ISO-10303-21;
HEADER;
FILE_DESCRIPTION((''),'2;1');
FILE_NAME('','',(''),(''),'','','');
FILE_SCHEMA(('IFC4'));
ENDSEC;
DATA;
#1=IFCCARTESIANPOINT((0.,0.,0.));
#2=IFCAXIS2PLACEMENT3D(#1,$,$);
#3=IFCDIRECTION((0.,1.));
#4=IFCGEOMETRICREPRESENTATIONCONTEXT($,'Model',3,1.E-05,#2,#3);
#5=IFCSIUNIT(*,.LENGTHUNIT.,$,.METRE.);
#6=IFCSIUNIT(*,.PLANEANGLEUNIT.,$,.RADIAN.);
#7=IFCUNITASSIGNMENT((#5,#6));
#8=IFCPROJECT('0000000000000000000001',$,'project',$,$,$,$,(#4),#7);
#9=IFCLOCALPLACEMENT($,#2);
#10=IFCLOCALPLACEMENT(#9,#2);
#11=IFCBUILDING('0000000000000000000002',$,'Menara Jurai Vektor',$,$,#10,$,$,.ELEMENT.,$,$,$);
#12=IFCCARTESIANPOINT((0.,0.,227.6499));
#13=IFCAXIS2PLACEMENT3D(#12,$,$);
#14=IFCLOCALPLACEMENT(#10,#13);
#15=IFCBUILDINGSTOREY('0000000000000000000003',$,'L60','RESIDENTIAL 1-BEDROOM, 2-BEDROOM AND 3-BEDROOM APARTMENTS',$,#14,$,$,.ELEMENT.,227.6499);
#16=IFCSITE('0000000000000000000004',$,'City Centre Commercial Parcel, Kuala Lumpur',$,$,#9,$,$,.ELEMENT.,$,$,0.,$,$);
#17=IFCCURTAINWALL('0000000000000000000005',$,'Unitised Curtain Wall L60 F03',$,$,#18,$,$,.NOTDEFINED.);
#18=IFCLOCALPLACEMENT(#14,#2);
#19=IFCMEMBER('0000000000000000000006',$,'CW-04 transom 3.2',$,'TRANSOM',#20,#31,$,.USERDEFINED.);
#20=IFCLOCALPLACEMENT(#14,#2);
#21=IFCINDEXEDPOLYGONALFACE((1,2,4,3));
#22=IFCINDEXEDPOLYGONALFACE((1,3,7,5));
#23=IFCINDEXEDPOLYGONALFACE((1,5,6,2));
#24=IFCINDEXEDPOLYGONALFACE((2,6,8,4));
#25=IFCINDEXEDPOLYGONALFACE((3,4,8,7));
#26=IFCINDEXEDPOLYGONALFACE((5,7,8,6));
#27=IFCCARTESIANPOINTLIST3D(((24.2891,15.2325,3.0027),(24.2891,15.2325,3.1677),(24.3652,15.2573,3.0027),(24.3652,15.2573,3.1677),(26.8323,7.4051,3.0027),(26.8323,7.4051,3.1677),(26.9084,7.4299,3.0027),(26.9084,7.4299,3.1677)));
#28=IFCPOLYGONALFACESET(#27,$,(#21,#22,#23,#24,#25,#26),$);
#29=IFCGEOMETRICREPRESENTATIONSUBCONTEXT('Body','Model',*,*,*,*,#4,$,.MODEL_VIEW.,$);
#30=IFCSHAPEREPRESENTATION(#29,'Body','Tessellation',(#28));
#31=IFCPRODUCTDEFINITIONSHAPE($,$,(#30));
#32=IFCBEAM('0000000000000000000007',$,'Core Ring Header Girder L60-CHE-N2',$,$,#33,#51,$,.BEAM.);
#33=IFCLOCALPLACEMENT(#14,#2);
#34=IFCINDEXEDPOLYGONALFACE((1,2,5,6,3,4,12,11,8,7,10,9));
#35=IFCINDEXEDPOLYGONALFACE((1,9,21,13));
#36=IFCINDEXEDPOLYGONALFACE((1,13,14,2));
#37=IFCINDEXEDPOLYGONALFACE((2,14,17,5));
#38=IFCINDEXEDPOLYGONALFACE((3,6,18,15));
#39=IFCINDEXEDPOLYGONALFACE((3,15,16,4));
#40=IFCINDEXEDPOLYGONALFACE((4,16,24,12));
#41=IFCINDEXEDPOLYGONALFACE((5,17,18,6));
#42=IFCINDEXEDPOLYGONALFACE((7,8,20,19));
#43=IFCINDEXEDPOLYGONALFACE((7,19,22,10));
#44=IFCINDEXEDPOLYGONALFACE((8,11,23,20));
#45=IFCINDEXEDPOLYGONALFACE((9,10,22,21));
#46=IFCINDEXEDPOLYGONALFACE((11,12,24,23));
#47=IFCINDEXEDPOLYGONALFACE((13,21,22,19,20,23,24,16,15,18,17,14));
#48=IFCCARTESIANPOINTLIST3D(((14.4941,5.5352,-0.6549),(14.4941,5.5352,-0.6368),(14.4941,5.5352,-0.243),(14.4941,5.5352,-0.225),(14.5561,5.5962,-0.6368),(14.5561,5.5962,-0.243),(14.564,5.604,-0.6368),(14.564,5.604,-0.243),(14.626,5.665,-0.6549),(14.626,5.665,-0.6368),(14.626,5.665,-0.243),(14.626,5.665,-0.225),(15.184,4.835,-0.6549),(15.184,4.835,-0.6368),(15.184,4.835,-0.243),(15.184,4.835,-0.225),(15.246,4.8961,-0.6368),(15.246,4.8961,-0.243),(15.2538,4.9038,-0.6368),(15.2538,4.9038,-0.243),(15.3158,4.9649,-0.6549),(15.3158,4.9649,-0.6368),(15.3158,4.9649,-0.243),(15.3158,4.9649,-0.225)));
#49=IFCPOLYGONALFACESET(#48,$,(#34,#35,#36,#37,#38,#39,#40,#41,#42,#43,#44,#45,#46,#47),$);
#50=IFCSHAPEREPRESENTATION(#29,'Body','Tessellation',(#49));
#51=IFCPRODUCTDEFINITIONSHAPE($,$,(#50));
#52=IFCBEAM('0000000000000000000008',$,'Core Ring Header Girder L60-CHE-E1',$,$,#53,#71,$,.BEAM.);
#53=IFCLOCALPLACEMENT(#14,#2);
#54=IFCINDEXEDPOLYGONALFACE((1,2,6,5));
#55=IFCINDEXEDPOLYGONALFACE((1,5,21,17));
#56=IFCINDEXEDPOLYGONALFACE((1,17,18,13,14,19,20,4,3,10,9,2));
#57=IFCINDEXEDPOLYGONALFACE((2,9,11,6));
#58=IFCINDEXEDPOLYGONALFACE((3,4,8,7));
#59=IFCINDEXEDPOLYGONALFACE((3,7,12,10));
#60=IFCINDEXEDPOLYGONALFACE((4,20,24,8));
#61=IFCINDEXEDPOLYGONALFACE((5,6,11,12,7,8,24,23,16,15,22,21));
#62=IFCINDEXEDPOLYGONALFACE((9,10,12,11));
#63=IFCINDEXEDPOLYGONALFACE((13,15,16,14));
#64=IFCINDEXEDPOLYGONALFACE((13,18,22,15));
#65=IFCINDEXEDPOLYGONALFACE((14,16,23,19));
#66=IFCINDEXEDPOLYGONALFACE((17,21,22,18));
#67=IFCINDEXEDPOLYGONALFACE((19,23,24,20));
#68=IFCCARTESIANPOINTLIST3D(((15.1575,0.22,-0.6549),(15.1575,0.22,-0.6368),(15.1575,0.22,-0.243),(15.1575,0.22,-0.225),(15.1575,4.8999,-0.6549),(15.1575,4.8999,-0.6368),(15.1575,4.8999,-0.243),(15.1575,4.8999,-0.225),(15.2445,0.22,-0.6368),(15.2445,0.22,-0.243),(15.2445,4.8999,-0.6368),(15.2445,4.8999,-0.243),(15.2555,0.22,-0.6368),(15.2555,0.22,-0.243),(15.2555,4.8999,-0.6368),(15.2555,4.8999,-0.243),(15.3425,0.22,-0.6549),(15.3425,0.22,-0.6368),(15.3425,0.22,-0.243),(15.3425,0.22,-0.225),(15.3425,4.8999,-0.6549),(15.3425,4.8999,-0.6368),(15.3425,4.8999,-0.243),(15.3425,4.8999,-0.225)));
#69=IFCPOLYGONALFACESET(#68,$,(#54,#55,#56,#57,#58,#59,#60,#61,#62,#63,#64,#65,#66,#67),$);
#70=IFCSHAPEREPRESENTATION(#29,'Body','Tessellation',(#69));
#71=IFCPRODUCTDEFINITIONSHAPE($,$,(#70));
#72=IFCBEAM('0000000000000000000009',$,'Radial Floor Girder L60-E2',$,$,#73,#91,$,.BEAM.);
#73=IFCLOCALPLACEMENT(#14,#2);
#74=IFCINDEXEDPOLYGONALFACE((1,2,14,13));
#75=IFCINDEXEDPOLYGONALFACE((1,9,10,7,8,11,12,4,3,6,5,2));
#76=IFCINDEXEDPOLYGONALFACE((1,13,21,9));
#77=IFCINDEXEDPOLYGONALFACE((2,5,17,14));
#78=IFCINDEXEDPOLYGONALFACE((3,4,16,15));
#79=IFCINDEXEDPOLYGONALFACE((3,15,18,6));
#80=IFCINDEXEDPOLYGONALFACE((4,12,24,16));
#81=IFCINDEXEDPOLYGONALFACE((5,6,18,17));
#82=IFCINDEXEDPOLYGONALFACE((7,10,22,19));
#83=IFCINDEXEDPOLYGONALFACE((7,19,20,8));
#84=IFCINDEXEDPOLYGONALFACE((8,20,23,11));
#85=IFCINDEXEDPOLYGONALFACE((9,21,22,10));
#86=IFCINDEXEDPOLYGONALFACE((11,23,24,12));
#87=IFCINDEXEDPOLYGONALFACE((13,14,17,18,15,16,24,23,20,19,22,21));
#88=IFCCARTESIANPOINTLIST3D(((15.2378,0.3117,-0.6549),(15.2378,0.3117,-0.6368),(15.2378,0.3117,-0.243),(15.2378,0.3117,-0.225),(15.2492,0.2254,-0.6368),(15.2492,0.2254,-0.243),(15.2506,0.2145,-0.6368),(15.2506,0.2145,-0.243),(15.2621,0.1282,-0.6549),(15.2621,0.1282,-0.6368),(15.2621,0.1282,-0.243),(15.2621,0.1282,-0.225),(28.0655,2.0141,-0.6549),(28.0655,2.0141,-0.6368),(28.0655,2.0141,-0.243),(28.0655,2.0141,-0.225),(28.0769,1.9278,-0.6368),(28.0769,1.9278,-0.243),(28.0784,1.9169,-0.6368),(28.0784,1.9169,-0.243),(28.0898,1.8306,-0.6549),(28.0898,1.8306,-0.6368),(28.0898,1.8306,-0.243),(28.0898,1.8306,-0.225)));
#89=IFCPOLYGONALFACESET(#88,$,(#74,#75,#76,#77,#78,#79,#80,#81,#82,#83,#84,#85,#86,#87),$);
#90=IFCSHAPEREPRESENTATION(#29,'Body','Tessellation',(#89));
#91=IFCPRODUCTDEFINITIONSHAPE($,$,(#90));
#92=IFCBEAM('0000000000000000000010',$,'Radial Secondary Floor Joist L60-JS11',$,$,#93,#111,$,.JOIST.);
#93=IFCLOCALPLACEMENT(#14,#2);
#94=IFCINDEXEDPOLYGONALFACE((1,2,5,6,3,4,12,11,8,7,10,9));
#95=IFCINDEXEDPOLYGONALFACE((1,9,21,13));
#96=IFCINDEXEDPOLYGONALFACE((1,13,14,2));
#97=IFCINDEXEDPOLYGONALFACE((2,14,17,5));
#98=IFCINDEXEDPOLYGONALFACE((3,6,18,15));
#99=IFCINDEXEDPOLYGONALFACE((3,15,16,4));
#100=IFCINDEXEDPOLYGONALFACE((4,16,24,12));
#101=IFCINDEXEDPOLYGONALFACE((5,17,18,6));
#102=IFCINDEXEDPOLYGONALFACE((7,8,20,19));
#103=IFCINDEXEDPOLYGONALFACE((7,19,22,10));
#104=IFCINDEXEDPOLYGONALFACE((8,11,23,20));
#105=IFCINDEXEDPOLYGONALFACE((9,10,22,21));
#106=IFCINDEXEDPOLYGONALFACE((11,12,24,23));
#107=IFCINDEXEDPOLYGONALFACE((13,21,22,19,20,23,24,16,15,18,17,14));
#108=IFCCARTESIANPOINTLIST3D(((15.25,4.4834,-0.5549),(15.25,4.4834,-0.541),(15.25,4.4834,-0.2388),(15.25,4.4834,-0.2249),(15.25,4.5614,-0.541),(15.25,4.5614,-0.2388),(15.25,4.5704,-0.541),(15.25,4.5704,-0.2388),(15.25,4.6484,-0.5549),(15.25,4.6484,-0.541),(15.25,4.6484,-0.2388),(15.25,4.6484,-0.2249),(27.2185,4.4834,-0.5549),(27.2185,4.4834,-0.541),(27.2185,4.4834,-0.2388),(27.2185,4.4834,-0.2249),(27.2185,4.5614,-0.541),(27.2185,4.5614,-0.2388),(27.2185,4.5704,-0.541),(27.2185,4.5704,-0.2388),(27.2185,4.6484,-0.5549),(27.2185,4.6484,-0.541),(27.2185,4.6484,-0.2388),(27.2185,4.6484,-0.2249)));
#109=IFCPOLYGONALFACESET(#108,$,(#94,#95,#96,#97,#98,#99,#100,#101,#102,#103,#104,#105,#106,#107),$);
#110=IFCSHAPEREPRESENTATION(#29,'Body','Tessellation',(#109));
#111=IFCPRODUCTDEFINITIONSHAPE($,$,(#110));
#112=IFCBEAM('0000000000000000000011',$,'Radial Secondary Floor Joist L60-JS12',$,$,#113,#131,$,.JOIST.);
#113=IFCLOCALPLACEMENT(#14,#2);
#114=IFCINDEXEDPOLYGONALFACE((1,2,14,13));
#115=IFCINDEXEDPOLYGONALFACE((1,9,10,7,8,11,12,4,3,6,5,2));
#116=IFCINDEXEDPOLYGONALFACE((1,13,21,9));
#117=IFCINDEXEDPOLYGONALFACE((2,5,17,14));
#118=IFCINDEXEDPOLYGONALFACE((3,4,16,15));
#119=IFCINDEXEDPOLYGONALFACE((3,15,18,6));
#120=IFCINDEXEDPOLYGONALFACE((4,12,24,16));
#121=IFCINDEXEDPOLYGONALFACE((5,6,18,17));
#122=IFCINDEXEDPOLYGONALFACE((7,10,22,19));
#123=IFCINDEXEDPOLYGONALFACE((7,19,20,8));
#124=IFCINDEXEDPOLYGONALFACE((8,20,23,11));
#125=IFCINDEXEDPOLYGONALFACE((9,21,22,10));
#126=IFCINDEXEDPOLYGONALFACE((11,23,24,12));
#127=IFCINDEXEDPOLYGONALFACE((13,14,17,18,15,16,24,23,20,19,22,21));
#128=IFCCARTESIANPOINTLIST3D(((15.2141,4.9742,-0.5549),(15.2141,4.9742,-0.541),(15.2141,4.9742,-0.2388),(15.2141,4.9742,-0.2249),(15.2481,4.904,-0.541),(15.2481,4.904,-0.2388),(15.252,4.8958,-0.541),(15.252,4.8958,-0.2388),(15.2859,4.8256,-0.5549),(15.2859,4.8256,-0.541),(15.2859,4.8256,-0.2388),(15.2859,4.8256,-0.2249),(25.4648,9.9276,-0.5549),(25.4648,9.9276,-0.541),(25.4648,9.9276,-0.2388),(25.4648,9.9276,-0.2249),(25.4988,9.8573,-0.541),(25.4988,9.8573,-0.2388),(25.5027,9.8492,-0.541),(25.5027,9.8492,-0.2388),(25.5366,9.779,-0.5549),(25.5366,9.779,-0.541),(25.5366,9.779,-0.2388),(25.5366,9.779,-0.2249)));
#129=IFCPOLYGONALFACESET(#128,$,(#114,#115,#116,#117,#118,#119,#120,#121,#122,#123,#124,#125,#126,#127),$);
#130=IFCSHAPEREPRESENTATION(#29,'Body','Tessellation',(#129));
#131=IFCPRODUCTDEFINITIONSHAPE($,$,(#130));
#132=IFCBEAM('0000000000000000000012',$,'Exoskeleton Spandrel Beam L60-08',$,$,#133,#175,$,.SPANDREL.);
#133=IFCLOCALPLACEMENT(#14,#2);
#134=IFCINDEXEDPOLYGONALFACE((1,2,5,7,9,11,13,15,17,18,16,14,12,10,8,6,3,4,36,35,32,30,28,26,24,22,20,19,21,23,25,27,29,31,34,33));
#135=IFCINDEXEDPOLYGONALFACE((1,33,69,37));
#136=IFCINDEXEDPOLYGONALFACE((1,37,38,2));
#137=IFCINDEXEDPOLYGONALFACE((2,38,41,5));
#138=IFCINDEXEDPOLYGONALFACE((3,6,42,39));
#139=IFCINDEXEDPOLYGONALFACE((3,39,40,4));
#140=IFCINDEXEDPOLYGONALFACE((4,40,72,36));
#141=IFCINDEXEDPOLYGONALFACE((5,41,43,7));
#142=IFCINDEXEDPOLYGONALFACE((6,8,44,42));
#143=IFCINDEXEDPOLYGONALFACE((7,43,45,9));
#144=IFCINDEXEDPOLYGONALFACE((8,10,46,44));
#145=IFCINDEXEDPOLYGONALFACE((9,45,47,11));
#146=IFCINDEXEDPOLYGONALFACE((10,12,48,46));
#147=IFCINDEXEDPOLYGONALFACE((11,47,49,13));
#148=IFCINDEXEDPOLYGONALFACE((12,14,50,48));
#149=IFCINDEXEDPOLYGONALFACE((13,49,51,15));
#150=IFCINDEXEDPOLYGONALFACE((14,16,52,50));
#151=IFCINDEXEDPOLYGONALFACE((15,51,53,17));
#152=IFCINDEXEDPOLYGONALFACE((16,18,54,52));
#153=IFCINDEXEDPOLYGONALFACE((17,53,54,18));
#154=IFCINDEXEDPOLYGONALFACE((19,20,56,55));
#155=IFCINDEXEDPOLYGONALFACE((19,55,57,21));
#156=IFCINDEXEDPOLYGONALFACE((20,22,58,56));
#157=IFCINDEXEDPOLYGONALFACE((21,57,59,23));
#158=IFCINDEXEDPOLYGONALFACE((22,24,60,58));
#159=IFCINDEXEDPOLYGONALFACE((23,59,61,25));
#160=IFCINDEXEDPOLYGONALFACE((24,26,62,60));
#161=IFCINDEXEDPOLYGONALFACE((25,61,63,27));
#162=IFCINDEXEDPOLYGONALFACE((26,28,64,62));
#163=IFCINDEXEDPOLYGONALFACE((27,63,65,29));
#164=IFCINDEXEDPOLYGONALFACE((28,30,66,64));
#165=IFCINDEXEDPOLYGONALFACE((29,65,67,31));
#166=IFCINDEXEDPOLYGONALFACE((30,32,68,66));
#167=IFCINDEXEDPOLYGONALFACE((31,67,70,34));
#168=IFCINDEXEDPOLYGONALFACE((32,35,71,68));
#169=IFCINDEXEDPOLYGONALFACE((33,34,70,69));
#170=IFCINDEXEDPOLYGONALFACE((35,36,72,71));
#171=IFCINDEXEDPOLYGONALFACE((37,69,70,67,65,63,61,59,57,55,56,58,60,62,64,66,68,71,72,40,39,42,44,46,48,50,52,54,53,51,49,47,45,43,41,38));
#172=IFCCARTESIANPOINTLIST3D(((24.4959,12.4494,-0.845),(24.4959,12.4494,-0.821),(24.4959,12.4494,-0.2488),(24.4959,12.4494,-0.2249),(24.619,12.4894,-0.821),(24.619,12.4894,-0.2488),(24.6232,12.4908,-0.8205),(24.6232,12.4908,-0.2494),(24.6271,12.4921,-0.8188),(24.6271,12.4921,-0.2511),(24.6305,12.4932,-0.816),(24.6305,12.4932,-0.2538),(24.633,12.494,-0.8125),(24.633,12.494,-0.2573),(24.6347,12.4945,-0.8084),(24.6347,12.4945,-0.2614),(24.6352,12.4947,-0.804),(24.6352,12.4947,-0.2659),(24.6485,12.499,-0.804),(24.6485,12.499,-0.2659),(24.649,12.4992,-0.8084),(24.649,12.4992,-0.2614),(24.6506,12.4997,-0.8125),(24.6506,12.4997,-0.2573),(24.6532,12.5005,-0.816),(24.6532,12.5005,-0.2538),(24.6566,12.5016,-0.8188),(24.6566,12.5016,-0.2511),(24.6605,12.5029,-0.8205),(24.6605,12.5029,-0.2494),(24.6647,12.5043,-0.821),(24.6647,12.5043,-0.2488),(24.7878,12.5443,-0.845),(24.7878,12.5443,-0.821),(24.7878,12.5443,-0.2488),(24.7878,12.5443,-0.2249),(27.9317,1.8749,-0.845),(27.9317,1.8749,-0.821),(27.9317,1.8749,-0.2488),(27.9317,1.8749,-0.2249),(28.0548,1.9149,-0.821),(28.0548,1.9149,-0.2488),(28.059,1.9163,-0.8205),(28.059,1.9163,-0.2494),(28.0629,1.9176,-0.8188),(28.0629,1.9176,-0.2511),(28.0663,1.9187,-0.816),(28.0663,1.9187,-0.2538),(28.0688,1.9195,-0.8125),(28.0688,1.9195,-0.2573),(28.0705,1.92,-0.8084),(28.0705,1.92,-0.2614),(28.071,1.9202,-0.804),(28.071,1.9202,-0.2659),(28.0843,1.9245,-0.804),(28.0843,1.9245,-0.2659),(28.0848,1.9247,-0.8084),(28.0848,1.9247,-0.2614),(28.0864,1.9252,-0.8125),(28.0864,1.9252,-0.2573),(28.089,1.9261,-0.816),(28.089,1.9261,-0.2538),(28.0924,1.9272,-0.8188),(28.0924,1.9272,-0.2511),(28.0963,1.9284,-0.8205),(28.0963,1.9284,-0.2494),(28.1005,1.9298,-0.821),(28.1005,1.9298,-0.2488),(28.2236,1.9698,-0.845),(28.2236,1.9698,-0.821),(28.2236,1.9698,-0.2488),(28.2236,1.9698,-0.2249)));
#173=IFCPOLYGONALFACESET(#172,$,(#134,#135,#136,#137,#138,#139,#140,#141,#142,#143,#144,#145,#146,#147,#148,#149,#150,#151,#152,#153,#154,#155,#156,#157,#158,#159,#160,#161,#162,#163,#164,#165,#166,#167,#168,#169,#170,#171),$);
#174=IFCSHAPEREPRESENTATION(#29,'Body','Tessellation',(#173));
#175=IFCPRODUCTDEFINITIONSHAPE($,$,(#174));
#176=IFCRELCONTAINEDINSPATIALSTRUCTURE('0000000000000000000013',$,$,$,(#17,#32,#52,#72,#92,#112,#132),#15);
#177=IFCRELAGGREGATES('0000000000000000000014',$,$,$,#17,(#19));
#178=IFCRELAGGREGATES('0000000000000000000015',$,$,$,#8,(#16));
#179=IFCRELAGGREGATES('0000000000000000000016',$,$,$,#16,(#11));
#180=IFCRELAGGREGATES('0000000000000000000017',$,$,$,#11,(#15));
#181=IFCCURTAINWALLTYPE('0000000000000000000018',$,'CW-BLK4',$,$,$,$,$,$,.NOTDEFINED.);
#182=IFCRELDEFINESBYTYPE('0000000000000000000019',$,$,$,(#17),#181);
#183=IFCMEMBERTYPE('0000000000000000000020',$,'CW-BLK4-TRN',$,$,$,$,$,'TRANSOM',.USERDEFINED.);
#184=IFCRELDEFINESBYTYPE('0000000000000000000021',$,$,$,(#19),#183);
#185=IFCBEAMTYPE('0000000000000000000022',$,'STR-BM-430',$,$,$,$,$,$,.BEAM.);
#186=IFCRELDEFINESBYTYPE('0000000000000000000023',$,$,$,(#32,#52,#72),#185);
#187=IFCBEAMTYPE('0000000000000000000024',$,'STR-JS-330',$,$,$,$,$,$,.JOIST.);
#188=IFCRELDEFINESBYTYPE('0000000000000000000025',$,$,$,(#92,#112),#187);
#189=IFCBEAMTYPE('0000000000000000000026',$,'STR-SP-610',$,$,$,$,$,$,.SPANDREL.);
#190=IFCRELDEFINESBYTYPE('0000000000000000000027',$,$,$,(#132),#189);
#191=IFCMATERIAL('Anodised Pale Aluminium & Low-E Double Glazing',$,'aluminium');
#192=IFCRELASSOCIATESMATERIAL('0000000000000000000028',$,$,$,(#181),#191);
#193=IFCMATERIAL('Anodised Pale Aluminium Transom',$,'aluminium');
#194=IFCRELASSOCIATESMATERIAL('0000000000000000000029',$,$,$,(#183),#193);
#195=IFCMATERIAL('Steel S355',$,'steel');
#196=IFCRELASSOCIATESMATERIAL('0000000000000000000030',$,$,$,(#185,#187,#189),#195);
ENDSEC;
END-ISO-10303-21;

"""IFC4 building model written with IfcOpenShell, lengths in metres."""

from ifc_helpers import new_model, si_unit, direction, frame, origin, origin_2d, place, context, subcontext, project, spatial, rectangle, i_section, extrude, material, material_profile, profile_set, type_object, element, aggregate, save


model = new_model("IFC4")

# Units and contexts
model_context = context("Model", 3, precision=1e-05, world=origin(), true_north=direction((0.0, 1.0)))
body_context = subcontext(model_context, "Body", "Model", "MODEL_VIEW")
ifc_project = project(units=[si_unit("LENGTHUNIT", "METRE"), si_unit("PLANEANGLEUNIT", "RADIAN")], contexts=[model_context])

# Site, building, storey
site_placement = place(None, origin())
site = spatial("IfcSite", under=ifc_project, at=site_placement, Name="City Centre Commercial Parcel, Kuala Lumpur", CompositionType="ELEMENT", RefElevation=0.0)
building_placement = place(site_placement, origin())
building = spatial("IfcBuilding", under=site, at=building_placement, Name="Menara Jurai Vektor", CompositionType="ELEMENT")
storey_placement = place(building_placement, frame((0.0, 0.0, 227.6499)))
storey = spatial("IfcBuildingStorey", under=building, at=storey_placement, Name="L60", Description="RESIDENTIAL 1-BEDROOM, 2-BEDROOM AND 3-BEDROOM APARTMENTS", CompositionType="ELEMENT", Elevation=227.6499)

# Curtain wall, member
ifc_material_1 = material(Name="Anodised Pale Aluminium & Low-E Double Glazing", Category="aluminium")
curtain_wall_type = type_object("IfcCurtainWallType", Name="CW-BLK4", PredefinedType="NOTDEFINED", material=ifc_material_1)
curtain_wall_placement = place(storey_placement, origin())
curtain_wall = element("IfcCurtainWall", 1, at=curtain_wall_placement, inside=storey, type_object=curtain_wall_type, Name="Unitised Curtain Wall L60 F03", PredefinedType="NOTDEFINED")
ifc_material_2 = material(Name="Anodised Pale Aluminium Transom", Category="aluminium")
ifc_material_profile_1 = material_profile(ifc_material_2, rectangle(XDim=0.0801, YDim=0.165, at=origin_2d()), Name="ALU TRN 80x165")
ifc_profile_set_1 = profile_set([ifc_material_profile_1], Name="Anodised Pale Aluminium Transom")
member_type_1 = type_object("IfcMemberType", Name="CW-BLK4-TRN", ElementType="TRANSOM", PredefinedType="USERDEFINED", material=ifc_profile_set_1)
member_1_placement = place(storey_placement, frame((26.8704, 7.4175, 3.0852), z_axis=(-0.30901, 0.951059, 0.0), x_axis=(-0.951059, -0.30901, 0.0)))
member_1 = element("IfcMember", 2, at=member_1_placement, type_object=member_type_1, Name="CW-04 transom 3.2", ObjectType="TRANSOM", PredefinedType="USERDEFINED", context=body_context, shape_type="SweptSolid", body=[
    extrude(rectangle(XDim=0.0801, YDim=0.165, at=origin_2d()), origin(), (0.0, 0.0, 1.0), 8.2302),
])

# Beams
ifc_material_3 = material(Name="Steel S355", Category="steel")
ifc_material_profile_2 = material_profile(ifc_material_3, i_section(OverallWidth=0.1851, OverallDepth=0.4299, WebThickness=0.011, FlangeThickness=0.0181, at=origin_2d()), Name="PG 430x185x76")
ifc_profile_set_2 = profile_set([ifc_material_profile_2], Name="Steel S355")
beam_type_1 = type_object("IfcBeamType", Name="STR-BM-430", PredefinedType="BEAM", material=ifc_profile_set_2)
beam_1_placement = place(storey_placement, frame((14.5601, 5.6001, -0.4399), z_axis=(0.701872, -0.712303, 0.0), x_axis=(0.712303, 0.701872, 0.0)))
element("IfcBeam", 3, at=beam_1_placement, inside=storey, type_object=beam_type_1, Name="Core Ring Header Girder L60-CHE-N2", PredefinedType="BEAM", context=body_context, shape_type="SweptSolid", body=[
    extrude(i_section(OverallWidth=0.1851, OverallDepth=0.4299, WebThickness=0.011, FlangeThickness=0.0181, at=origin_2d()), origin(), (0.0, 0.0, 1.0), 0.9829),
])
beam_2_placement = place(storey_placement, frame((15.25, 0.22, -0.4399), z_axis=(0.0, 1.0, 0.0), x_axis=(-1.0, 0.0, 0.0)))
element("IfcBeam", 4, at=beam_2_placement, inside=storey, type_object=beam_type_1, Name="Core Ring Header Girder L60-CHE-E1", PredefinedType="BEAM", context=body_context, shape_type="SweptSolid", body=[
    extrude(i_section(OverallWidth=0.1851, OverallDepth=0.4299, WebThickness=0.011, FlangeThickness=0.0181, at=origin_2d()), origin(), (0.0, 0.0, 1.0), 4.6799),
])
beam_3_placement = place(storey_placement, frame((28.0776, 1.9224, -0.4399), z_axis=(-0.991308, -0.131559, 0.0), x_axis=(0.131559, -0.991308, 0.0)))
element("IfcBeam", 5, at=beam_3_placement, inside=storey, type_object=beam_type_1, Name="Radial Floor Girder L60-E2", PredefinedType="BEAM", context=body_context, shape_type="SweptSolid", body=[
    extrude(i_section(OverallWidth=0.1851, OverallDepth=0.4299, WebThickness=0.011, FlangeThickness=0.0181, at=origin_2d()), origin(), (0.0, 0.0, 1.0), 12.9402),
])
ifc_material_profile_3 = material_profile(ifc_material_3, i_section(OverallWidth=0.165, OverallDepth=0.3301, WebThickness=0.009, FlangeThickness=0.0139, at=origin_2d()), Name="PG 330x165x46")
ifc_profile_set_3 = profile_set([ifc_material_profile_3], Name="Steel S355")
beam_type_2 = type_object("IfcBeamType", Name="STR-JS-330", PredefinedType="JOIST", material=ifc_profile_set_3)
beam_4_placement = place(storey_placement, frame((27.2185, 4.5659, -0.3899), z_axis=(-1.0, 0.0, 0.0), x_axis=(0.0, -1.0, 0.0)))
element("IfcBeam", 6, at=beam_4_placement, inside=storey, type_object=beam_type_2, Name="Radial Secondary Floor Joist L60-JS11", PredefinedType="JOIST", context=body_context, shape_type="SweptSolid", body=[
    extrude(i_section(OverallWidth=0.165, OverallDepth=0.3301, WebThickness=0.009, FlangeThickness=0.0139, at=origin_2d()), origin(), (0.0, 0.0, 1.0), 11.9685),
])
beam_5_placement = place(storey_placement, frame((25.5007, 9.8533, -0.3899), z_axis=(-0.900389, -0.435087, 0.0), x_axis=(0.435087, -0.900389, 0.0)))
element("IfcBeam", 7, at=beam_5_placement, inside=storey, type_object=beam_type_2, Name="Radial Secondary Floor Joist L60-JS12", PredefinedType="JOIST", context=body_context, shape_type="SweptSolid", body=[
    extrude(i_section(OverallWidth=0.165, OverallDepth=0.3301, WebThickness=0.009, FlangeThickness=0.0139, at=origin_2d()), origin(), (0.0, 0.0, 1.0), 11.3848),
])
ifc_material_profile_4 = material_profile(ifc_material_3, i_section(OverallWidth=0.3069, OverallDepth=0.6201, WebThickness=0.0139, FlangeThickness=0.0239, FilletRadius=0.0171, at=origin_2d()), Name="UKB 610x305x179")
ifc_profile_set_4 = profile_set([ifc_material_profile_4], Name="Steel S355")
beam_type_3 = type_object("IfcBeamType", Name="STR-SP-610", PredefinedType="SPANDREL", material=ifc_profile_set_4)
beam_6_placement = place(storey_placement, frame((28.0776, 1.9224, -0.5349), z_axis=(-0.309012, 0.951058, 0.0), x_axis=(-0.951058, -0.309012, 0.0)))
element("IfcBeam", 8, at=beam_6_placement, inside=storey, type_object=beam_type_3, Name="Exoskeleton Spandrel Beam L60-08", PredefinedType="SPANDREL", context=body_context, shape_type="SweptSolid", body=[
    extrude(i_section(OverallWidth=0.3069, OverallDepth=0.6201, WebThickness=0.0139, FlangeThickness=0.0239, FilletRadius=0.0171, at=origin_2d()), origin(), (0.0, 0.0, 1.0), 11.1187),
])

aggregate(curtain_wall, [member_1])

save(model, "model.ifc")
